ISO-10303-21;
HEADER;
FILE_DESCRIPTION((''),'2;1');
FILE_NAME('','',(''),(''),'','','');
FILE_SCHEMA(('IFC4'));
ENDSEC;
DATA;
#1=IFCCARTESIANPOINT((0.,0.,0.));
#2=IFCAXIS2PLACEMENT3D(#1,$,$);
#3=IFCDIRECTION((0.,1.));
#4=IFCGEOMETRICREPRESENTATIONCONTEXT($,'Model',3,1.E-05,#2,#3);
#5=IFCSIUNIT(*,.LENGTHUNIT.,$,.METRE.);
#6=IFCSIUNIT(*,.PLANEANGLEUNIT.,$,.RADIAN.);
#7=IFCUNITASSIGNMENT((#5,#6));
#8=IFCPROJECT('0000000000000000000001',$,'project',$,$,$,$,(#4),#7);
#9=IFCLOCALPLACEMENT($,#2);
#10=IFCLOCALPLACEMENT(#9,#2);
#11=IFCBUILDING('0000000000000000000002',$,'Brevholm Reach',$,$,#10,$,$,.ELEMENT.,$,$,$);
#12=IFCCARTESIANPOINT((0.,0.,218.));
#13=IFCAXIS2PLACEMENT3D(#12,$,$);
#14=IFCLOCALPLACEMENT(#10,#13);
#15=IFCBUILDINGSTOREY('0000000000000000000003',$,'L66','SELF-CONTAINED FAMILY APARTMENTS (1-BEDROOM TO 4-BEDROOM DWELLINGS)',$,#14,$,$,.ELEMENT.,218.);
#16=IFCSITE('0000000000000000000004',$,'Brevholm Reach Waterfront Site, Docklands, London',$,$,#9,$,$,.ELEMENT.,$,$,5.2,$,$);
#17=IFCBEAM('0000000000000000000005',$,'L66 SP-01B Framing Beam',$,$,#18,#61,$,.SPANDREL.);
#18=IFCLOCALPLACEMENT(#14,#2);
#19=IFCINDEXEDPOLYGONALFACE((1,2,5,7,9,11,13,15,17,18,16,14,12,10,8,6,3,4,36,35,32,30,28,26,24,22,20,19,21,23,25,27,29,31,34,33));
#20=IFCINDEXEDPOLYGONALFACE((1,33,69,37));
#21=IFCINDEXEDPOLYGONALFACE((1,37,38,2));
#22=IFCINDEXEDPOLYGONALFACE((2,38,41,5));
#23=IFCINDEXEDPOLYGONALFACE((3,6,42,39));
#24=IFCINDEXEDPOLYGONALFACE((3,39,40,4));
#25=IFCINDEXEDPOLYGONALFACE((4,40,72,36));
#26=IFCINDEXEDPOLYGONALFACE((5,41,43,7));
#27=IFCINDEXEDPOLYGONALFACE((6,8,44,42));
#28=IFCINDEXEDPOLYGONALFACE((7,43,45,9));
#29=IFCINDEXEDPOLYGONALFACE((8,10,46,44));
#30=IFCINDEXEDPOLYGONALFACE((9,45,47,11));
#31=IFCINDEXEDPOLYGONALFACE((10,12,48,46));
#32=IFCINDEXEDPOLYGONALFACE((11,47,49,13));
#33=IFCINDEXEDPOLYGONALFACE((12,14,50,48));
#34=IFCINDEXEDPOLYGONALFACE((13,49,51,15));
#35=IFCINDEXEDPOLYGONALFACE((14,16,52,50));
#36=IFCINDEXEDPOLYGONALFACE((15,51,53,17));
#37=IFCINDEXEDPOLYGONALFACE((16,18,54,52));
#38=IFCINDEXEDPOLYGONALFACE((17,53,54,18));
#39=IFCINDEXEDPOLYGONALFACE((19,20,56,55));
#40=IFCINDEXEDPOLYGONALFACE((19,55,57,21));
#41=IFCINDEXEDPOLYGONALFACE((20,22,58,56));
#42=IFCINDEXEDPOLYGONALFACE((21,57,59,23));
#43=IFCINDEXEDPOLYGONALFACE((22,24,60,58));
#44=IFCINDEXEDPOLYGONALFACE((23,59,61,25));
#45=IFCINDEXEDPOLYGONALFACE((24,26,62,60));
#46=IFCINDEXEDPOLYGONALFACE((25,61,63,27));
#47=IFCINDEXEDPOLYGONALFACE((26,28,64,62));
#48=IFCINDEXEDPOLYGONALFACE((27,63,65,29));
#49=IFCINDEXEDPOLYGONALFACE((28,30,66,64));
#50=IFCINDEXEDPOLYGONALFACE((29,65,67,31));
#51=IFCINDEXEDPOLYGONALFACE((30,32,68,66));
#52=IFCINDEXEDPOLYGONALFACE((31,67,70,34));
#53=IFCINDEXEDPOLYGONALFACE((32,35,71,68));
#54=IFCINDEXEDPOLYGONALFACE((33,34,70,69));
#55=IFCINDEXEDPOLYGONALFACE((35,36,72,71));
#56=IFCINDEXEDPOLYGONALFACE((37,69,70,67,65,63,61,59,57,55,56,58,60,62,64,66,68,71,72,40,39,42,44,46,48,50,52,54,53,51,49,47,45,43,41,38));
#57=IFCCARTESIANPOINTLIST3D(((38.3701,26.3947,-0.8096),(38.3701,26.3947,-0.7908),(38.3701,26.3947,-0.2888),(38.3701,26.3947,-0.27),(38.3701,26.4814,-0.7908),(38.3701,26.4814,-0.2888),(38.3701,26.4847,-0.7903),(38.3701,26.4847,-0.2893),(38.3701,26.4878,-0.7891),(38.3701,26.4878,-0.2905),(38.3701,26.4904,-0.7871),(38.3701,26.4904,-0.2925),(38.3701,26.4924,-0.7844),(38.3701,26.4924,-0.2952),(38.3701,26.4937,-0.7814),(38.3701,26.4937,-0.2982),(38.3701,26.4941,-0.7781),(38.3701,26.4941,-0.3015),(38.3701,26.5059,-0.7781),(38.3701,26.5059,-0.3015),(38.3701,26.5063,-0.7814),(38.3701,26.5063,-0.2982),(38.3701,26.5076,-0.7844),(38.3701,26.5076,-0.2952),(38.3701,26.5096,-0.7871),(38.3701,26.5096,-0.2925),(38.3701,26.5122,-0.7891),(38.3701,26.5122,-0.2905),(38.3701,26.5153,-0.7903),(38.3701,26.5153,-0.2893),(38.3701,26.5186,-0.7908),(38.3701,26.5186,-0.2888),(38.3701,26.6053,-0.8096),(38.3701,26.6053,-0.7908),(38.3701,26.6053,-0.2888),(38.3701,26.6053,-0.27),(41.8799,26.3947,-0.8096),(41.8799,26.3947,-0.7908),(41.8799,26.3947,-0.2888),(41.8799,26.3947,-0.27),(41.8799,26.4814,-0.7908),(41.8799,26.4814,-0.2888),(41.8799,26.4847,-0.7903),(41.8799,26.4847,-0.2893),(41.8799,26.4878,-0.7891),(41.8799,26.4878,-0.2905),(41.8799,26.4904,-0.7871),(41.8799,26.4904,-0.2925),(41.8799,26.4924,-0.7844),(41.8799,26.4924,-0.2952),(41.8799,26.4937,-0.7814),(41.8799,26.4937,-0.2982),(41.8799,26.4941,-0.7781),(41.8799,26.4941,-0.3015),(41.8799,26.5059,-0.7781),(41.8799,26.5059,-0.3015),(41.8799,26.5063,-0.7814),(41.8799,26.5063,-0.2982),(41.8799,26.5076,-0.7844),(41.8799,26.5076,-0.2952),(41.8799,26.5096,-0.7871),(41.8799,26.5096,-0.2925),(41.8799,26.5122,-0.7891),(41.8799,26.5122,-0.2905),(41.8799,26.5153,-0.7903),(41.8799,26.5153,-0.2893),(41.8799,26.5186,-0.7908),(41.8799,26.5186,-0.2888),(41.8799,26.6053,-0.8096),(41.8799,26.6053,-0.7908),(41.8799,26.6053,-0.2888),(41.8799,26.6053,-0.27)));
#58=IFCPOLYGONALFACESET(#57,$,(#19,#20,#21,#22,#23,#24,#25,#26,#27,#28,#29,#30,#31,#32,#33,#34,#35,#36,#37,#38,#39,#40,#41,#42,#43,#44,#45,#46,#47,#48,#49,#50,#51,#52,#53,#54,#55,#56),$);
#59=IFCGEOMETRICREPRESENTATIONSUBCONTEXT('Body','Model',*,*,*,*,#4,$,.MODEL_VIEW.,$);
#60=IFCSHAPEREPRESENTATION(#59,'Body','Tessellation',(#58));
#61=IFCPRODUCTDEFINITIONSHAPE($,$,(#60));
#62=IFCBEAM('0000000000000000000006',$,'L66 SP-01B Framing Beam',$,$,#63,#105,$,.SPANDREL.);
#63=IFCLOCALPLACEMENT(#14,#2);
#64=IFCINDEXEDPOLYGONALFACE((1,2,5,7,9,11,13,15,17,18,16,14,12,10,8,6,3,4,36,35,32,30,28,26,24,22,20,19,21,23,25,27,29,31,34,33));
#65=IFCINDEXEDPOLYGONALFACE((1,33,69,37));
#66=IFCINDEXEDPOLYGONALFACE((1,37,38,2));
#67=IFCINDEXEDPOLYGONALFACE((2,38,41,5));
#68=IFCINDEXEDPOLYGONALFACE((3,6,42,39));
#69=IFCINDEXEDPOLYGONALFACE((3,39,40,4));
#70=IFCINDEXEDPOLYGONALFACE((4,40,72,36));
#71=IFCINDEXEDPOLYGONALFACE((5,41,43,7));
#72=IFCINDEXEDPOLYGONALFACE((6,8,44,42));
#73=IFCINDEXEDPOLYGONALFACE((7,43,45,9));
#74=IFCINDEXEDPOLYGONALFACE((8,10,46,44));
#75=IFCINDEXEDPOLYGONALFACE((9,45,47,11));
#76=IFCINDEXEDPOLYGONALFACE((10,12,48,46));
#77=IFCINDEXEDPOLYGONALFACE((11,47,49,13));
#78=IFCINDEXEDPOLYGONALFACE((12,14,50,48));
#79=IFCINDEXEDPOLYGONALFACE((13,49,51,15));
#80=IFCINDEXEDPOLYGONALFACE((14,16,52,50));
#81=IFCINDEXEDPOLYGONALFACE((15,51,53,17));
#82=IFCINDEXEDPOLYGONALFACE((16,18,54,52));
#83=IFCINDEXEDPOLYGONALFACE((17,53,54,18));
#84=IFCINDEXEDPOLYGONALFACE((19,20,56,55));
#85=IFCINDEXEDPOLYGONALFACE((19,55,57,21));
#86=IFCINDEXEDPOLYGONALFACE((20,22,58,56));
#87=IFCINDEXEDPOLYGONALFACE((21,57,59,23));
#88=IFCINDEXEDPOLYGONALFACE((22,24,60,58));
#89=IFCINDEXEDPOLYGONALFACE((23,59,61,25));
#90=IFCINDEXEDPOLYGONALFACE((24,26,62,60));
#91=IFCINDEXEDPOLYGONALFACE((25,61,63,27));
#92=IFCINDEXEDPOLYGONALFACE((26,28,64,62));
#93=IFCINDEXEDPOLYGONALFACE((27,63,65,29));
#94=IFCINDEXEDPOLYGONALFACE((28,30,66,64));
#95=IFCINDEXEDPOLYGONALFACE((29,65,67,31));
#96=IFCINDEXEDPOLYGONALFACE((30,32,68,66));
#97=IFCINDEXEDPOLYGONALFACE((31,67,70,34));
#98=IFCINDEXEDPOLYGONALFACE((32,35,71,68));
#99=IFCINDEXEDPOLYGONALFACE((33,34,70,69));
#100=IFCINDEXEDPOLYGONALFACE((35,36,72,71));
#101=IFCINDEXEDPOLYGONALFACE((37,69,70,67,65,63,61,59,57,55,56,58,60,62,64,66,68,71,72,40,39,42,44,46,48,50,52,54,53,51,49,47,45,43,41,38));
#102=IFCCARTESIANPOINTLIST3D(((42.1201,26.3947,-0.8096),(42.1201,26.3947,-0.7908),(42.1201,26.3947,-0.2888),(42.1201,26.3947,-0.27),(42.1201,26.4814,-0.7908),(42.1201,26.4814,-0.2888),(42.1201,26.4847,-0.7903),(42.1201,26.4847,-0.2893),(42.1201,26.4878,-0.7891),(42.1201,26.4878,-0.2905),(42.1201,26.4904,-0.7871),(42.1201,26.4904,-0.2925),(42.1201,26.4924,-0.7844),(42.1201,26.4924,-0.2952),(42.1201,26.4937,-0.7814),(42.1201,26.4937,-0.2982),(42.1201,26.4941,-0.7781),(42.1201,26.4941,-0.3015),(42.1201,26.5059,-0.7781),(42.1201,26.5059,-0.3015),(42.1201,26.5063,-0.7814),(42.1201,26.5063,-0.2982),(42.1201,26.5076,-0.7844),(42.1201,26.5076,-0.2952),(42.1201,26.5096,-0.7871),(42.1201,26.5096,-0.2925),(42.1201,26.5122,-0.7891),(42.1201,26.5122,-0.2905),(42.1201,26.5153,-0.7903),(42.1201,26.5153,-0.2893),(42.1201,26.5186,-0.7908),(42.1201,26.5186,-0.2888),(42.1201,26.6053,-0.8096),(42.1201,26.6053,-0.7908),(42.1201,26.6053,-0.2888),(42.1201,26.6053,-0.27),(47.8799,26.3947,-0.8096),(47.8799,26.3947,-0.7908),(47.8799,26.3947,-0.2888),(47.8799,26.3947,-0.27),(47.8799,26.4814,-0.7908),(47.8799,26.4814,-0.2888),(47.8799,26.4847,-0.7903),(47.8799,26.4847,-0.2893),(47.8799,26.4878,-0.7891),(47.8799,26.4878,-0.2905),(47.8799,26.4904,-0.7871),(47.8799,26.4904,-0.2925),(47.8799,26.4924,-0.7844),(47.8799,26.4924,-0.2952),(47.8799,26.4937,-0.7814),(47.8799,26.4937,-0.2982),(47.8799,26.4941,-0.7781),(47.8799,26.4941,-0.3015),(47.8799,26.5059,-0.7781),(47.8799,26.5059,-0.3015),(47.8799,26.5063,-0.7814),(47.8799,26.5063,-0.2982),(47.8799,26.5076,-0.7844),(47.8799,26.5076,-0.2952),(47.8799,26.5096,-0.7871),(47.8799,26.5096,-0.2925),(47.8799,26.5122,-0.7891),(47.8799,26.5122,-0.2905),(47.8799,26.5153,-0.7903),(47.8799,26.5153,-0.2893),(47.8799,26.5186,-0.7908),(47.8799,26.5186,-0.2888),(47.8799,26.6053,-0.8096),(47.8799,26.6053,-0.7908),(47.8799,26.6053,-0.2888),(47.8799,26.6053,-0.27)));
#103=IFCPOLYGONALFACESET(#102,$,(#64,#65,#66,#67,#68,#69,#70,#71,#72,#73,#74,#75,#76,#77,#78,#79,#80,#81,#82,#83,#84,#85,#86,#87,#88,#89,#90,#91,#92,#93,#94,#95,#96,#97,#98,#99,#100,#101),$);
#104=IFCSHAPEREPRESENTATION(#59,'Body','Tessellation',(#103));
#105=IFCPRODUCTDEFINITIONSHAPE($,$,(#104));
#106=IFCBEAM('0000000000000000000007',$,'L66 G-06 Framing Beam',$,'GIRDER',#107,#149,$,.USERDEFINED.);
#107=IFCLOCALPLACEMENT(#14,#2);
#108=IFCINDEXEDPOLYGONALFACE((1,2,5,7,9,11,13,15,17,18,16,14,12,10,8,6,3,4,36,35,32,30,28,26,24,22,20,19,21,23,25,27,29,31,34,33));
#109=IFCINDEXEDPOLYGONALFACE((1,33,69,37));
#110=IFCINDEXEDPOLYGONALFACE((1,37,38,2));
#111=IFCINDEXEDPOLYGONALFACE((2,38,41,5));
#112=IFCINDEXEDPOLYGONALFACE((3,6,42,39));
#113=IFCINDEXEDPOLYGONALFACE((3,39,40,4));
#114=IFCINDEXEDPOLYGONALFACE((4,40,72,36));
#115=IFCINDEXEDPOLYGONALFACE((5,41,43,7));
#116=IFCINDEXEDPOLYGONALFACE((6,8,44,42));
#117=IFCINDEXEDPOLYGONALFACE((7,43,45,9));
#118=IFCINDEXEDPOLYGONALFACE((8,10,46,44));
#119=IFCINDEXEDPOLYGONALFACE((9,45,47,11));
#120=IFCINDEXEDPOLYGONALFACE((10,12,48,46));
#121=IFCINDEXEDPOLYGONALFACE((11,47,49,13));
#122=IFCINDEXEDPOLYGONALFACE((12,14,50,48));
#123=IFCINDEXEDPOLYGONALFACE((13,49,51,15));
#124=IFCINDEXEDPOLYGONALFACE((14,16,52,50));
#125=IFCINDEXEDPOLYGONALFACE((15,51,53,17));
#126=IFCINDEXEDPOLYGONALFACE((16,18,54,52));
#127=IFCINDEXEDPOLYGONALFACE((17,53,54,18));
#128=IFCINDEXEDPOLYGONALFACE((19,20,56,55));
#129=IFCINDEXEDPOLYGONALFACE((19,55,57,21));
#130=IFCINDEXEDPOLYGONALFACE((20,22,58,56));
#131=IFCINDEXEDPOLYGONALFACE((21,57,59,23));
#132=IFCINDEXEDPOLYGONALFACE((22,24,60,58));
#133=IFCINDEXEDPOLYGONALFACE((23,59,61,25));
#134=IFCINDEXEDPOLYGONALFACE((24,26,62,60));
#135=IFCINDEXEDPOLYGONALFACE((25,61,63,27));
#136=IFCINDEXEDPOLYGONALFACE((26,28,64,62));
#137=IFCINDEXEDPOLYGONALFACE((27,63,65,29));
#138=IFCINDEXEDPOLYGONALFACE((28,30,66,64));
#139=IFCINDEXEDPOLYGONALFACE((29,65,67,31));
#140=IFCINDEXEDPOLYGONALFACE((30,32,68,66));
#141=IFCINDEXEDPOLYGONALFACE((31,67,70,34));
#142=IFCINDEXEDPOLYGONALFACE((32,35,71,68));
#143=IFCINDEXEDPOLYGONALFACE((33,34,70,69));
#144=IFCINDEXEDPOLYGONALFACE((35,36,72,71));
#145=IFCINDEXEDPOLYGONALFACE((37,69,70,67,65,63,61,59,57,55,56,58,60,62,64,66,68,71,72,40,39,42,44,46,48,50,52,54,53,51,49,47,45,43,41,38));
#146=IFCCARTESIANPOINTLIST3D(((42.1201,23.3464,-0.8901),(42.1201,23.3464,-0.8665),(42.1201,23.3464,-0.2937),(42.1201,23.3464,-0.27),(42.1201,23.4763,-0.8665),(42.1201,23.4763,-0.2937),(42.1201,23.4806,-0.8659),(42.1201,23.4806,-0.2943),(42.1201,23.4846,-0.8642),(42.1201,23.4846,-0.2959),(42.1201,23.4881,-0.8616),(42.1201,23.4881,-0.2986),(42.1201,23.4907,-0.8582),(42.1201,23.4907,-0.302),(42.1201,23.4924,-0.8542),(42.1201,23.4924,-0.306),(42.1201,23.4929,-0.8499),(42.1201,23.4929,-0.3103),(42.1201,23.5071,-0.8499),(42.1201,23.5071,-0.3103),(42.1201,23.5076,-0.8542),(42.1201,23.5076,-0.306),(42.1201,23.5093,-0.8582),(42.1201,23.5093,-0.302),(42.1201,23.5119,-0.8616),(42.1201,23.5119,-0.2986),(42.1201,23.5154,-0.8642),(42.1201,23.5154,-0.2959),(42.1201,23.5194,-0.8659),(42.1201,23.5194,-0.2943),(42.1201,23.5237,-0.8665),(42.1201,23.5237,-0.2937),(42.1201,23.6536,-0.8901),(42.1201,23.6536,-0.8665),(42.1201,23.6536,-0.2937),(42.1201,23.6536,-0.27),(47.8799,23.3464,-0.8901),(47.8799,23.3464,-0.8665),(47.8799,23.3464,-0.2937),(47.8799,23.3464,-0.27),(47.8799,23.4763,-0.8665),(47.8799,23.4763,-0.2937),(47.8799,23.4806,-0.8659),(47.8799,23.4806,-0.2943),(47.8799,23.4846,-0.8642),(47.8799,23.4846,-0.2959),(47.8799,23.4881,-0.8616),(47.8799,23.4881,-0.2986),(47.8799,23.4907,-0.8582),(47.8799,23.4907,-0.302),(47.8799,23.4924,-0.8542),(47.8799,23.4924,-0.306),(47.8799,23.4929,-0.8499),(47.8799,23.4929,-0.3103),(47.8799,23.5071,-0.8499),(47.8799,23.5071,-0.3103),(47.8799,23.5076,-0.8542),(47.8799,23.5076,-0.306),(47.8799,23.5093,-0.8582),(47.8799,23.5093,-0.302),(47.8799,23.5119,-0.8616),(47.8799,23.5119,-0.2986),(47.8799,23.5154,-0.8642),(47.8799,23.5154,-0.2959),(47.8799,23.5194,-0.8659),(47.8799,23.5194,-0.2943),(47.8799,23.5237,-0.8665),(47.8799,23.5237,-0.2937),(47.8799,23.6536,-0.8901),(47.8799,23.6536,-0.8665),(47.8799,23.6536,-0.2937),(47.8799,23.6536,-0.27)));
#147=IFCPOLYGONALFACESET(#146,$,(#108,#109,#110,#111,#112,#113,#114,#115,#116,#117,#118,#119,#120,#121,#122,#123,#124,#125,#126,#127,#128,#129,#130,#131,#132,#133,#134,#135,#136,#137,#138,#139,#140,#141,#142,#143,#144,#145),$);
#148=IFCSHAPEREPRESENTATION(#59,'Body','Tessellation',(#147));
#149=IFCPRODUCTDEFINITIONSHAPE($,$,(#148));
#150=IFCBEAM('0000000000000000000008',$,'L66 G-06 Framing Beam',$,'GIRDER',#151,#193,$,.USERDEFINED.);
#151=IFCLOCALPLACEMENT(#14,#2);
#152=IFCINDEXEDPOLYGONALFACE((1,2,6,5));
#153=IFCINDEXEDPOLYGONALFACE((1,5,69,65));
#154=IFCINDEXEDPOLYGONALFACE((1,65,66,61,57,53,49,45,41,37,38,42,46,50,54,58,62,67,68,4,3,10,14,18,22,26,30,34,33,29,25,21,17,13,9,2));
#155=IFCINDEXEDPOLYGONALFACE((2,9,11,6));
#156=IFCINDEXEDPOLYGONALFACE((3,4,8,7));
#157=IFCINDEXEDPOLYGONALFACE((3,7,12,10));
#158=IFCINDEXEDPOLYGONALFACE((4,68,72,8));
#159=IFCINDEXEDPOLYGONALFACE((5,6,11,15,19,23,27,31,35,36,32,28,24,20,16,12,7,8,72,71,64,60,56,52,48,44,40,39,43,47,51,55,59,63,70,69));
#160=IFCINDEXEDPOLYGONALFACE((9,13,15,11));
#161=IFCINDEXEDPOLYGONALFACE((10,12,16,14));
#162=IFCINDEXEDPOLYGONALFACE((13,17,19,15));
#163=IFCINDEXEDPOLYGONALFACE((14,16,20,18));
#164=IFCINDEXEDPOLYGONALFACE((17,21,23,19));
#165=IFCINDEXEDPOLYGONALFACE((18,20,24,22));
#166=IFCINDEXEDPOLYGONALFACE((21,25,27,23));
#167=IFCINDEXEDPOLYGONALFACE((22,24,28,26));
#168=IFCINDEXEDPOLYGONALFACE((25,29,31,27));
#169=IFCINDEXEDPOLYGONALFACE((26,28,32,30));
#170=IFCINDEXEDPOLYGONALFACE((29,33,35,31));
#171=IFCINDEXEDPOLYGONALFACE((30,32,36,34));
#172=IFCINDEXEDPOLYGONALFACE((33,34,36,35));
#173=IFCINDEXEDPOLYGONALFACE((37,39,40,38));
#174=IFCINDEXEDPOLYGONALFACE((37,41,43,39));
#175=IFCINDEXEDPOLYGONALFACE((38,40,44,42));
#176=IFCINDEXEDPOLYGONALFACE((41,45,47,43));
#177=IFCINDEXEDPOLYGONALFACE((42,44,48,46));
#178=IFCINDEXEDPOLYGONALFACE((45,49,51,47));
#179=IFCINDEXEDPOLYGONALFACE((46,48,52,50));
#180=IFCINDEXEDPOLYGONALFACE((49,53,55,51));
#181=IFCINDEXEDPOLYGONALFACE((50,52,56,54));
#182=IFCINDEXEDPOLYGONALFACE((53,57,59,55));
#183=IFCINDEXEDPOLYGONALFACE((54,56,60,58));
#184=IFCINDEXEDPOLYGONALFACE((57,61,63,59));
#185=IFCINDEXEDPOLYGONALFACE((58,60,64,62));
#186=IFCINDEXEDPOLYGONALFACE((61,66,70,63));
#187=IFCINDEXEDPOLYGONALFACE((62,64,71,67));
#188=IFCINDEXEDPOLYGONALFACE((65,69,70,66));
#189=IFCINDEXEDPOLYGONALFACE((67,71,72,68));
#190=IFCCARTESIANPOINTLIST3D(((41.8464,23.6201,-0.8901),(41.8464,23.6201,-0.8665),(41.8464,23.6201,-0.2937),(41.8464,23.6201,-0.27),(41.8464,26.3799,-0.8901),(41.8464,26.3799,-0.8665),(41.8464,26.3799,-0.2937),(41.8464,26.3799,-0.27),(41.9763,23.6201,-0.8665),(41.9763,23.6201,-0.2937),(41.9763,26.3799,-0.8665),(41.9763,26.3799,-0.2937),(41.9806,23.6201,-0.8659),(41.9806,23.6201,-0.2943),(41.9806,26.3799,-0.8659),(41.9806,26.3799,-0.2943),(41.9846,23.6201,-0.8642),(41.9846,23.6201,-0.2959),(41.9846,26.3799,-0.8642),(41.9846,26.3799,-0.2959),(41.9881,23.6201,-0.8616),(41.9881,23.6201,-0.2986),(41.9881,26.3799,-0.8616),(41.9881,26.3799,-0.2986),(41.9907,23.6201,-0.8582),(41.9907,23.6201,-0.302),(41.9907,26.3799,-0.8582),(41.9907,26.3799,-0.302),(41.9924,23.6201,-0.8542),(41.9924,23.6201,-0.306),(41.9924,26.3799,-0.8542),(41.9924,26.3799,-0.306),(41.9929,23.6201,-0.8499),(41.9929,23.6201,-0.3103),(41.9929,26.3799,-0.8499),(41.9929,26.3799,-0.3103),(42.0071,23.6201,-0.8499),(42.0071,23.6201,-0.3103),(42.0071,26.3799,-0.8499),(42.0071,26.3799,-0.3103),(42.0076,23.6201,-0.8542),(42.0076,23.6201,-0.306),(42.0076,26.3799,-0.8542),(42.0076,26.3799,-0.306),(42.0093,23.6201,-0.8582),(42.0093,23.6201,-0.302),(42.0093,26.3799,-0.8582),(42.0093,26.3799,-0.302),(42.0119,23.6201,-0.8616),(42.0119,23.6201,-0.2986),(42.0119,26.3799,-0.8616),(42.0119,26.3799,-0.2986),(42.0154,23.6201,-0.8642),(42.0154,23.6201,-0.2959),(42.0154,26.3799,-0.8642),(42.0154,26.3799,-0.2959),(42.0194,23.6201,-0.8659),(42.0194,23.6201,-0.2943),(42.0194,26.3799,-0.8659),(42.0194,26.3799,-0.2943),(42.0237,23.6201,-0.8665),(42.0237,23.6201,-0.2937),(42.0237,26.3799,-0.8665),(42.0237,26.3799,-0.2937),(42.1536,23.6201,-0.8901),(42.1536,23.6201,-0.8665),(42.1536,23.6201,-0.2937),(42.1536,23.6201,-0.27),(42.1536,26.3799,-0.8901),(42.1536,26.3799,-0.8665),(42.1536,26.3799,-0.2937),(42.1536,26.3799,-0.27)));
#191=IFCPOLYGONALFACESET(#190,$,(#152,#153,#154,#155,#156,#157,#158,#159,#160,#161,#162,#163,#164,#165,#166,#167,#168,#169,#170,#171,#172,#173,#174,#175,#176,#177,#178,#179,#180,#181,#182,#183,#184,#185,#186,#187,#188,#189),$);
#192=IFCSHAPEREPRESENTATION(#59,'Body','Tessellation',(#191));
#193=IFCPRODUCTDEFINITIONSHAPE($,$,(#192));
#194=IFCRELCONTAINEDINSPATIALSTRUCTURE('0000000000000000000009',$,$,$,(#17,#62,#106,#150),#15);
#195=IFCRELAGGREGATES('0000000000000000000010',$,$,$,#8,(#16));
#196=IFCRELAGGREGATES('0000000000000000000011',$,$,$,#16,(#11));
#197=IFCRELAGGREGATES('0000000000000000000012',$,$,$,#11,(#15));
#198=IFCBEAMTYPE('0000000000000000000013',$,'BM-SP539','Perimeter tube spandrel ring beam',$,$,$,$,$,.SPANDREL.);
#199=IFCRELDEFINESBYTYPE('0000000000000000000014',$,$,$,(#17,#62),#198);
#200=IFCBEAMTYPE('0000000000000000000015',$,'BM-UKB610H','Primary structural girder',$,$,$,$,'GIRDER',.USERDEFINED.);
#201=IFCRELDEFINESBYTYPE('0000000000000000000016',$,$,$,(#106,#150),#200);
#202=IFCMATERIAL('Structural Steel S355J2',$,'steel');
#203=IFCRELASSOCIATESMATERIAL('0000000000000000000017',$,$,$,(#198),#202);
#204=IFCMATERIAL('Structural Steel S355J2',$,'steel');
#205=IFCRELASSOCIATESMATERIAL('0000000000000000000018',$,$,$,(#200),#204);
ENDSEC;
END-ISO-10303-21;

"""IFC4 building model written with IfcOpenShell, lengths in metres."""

from ifc_helpers import new_model, si_unit, direction, frame, origin, origin_2d, place, context, subcontext, project, spatial, i_section, extrude, material, material_profile, profile_set, type_object, element, save


model = new_model("IFC4")

# Units and contexts
model_context = context("Model", 3, precision=1e-05, world=origin(), true_north=direction((0.0, 1.0)))
body_context = subcontext(model_context, "Body", "Model", "MODEL_VIEW")
ifc_project = project(units=[si_unit("LENGTHUNIT", "METRE"), si_unit("PLANEANGLEUNIT", "RADIAN")], contexts=[model_context])

# Site, building, storey
site_placement = place(None, origin())
site = spatial("IfcSite", under=ifc_project, at=site_placement, Name="Brevholm Reach Waterfront Site, Docklands, London", CompositionType="ELEMENT", RefElevation=5.2)
building_placement = place(site_placement, origin())
building = spatial("IfcBuilding", under=site, at=building_placement, Name="Brevholm Reach", CompositionType="ELEMENT")
storey_placement = place(building_placement, frame((0.0, 0.0, 218.0)))
storey = spatial("IfcBuildingStorey", under=building, at=storey_placement, Name="L66", Description="SELF-CONTAINED FAMILY APARTMENTS (1-BEDROOM TO 4-BEDROOM DWELLINGS)", CompositionType="ELEMENT", Elevation=218.0)

# Beams
ifc_material_1 = material(Name="Structural Steel S355J2", Category="steel")
ifc_material_profile_1 = material_profile(ifc_material_1, i_section(OverallWidth=0.2107, OverallDepth=0.5396, WebThickness=0.0117, FlangeThickness=0.0188, FilletRadius=0.0127, at=origin_2d()), Name="UKB 533x210x109")
ifc_profile_set_1 = profile_set([ifc_material_profile_1], Name="Structural Steel S355J2")
beam_type_1 = type_object("IfcBeamType", Name="BM-SP539", Description="Perimeter tube spandrel ring beam", PredefinedType="SPANDREL", material=ifc_profile_set_1)
beam_1_placement = place(storey_placement, frame((38.3701, 26.5, -0.5398), z_axis=(1.0, 0.0, 0.0), x_axis=(0.0, 1.0, 0.0)))
element("IfcBeam", 1, at=beam_1_placement, inside=storey, type_object=beam_type_1, Name="L66 SP-01B Framing Beam", PredefinedType="SPANDREL", context=body_context, shape_type="SweptSolid", body=[
    extrude(i_section(OverallWidth=0.2107, OverallDepth=0.5396, WebThickness=0.0117, FlangeThickness=0.0188, FilletRadius=0.0127, at=origin_2d()), origin(), (0.0, 0.0, 1.0), 3.5098),
])
beam_2_placement = place(storey_placement, frame((42.1201, 26.5, -0.5398), z_axis=(1.0, 0.0, 0.0), x_axis=(0.0, 1.0, 0.0)))
element("IfcBeam", 2, at=beam_2_placement, inside=storey, type_object=beam_type_1, Name="L66 SP-01B Framing Beam", PredefinedType="SPANDREL", context=body_context, shape_type="SweptSolid", body=[
    extrude(i_section(OverallWidth=0.2107, OverallDepth=0.5396, WebThickness=0.0117, FlangeThickness=0.0188, FilletRadius=0.0127, at=origin_2d()), origin(), (0.0, 0.0, 1.0), 5.7598),
])
ifc_material_2 = material(Name="Structural Steel S355J2", Category="steel")
ifc_material_profile_2 = material_profile(ifc_material_2, i_section(OverallWidth=0.3071, OverallDepth=0.6201, WebThickness=0.0142, FlangeThickness=0.0237, FilletRadius=0.0166, at=origin_2d()), Name="UKB 610x305x179")
ifc_profile_set_2 = profile_set([ifc_material_profile_2], Name="Structural Steel S355J2")
beam_type_2 = type_object("IfcBeamType", Name="BM-UKB610H", Description="Primary structural girder", ElementType="GIRDER", PredefinedType="USERDEFINED", material=ifc_profile_set_2)
beam_3_placement = place(storey_placement, frame((42.1201, 23.5, -0.5801), z_axis=(1.0, 0.0, 0.0), x_axis=(0.0, 1.0, 0.0)))
element("IfcBeam", 3, at=beam_3_placement, inside=storey, type_object=beam_type_2, Name="L66 G-06 Framing Beam", ObjectType="GIRDER", PredefinedType="USERDEFINED", context=body_context, shape_type="SweptSolid", body=[
    extrude(i_section(OverallWidth=0.3071, OverallDepth=0.6201, WebThickness=0.0142, FlangeThickness=0.0237, FilletRadius=0.0166, at=origin_2d()), origin(), (0.0, 0.0, 1.0), 5.7598),
])
beam_4_placement = place(storey_placement, frame((42.0, 23.6201, -0.5801), z_axis=(0.0, 1.0, 0.0), x_axis=(-1.0, 0.0, 0.0)))
element("IfcBeam", 4, at=beam_4_placement, inside=storey, type_object=beam_type_2, Name="L66 G-06 Framing Beam", ObjectType="GIRDER", PredefinedType="USERDEFINED", context=body_context, shape_type="SweptSolid", body=[
    extrude(i_section(OverallWidth=0.3071, OverallDepth=0.6201, WebThickness=0.0142, FlangeThickness=0.0237, FilletRadius=0.0166, at=origin_2d()), origin(), (0.0, 0.0, 1.0), 2.7598),
])

save(model, "model.ifc")
